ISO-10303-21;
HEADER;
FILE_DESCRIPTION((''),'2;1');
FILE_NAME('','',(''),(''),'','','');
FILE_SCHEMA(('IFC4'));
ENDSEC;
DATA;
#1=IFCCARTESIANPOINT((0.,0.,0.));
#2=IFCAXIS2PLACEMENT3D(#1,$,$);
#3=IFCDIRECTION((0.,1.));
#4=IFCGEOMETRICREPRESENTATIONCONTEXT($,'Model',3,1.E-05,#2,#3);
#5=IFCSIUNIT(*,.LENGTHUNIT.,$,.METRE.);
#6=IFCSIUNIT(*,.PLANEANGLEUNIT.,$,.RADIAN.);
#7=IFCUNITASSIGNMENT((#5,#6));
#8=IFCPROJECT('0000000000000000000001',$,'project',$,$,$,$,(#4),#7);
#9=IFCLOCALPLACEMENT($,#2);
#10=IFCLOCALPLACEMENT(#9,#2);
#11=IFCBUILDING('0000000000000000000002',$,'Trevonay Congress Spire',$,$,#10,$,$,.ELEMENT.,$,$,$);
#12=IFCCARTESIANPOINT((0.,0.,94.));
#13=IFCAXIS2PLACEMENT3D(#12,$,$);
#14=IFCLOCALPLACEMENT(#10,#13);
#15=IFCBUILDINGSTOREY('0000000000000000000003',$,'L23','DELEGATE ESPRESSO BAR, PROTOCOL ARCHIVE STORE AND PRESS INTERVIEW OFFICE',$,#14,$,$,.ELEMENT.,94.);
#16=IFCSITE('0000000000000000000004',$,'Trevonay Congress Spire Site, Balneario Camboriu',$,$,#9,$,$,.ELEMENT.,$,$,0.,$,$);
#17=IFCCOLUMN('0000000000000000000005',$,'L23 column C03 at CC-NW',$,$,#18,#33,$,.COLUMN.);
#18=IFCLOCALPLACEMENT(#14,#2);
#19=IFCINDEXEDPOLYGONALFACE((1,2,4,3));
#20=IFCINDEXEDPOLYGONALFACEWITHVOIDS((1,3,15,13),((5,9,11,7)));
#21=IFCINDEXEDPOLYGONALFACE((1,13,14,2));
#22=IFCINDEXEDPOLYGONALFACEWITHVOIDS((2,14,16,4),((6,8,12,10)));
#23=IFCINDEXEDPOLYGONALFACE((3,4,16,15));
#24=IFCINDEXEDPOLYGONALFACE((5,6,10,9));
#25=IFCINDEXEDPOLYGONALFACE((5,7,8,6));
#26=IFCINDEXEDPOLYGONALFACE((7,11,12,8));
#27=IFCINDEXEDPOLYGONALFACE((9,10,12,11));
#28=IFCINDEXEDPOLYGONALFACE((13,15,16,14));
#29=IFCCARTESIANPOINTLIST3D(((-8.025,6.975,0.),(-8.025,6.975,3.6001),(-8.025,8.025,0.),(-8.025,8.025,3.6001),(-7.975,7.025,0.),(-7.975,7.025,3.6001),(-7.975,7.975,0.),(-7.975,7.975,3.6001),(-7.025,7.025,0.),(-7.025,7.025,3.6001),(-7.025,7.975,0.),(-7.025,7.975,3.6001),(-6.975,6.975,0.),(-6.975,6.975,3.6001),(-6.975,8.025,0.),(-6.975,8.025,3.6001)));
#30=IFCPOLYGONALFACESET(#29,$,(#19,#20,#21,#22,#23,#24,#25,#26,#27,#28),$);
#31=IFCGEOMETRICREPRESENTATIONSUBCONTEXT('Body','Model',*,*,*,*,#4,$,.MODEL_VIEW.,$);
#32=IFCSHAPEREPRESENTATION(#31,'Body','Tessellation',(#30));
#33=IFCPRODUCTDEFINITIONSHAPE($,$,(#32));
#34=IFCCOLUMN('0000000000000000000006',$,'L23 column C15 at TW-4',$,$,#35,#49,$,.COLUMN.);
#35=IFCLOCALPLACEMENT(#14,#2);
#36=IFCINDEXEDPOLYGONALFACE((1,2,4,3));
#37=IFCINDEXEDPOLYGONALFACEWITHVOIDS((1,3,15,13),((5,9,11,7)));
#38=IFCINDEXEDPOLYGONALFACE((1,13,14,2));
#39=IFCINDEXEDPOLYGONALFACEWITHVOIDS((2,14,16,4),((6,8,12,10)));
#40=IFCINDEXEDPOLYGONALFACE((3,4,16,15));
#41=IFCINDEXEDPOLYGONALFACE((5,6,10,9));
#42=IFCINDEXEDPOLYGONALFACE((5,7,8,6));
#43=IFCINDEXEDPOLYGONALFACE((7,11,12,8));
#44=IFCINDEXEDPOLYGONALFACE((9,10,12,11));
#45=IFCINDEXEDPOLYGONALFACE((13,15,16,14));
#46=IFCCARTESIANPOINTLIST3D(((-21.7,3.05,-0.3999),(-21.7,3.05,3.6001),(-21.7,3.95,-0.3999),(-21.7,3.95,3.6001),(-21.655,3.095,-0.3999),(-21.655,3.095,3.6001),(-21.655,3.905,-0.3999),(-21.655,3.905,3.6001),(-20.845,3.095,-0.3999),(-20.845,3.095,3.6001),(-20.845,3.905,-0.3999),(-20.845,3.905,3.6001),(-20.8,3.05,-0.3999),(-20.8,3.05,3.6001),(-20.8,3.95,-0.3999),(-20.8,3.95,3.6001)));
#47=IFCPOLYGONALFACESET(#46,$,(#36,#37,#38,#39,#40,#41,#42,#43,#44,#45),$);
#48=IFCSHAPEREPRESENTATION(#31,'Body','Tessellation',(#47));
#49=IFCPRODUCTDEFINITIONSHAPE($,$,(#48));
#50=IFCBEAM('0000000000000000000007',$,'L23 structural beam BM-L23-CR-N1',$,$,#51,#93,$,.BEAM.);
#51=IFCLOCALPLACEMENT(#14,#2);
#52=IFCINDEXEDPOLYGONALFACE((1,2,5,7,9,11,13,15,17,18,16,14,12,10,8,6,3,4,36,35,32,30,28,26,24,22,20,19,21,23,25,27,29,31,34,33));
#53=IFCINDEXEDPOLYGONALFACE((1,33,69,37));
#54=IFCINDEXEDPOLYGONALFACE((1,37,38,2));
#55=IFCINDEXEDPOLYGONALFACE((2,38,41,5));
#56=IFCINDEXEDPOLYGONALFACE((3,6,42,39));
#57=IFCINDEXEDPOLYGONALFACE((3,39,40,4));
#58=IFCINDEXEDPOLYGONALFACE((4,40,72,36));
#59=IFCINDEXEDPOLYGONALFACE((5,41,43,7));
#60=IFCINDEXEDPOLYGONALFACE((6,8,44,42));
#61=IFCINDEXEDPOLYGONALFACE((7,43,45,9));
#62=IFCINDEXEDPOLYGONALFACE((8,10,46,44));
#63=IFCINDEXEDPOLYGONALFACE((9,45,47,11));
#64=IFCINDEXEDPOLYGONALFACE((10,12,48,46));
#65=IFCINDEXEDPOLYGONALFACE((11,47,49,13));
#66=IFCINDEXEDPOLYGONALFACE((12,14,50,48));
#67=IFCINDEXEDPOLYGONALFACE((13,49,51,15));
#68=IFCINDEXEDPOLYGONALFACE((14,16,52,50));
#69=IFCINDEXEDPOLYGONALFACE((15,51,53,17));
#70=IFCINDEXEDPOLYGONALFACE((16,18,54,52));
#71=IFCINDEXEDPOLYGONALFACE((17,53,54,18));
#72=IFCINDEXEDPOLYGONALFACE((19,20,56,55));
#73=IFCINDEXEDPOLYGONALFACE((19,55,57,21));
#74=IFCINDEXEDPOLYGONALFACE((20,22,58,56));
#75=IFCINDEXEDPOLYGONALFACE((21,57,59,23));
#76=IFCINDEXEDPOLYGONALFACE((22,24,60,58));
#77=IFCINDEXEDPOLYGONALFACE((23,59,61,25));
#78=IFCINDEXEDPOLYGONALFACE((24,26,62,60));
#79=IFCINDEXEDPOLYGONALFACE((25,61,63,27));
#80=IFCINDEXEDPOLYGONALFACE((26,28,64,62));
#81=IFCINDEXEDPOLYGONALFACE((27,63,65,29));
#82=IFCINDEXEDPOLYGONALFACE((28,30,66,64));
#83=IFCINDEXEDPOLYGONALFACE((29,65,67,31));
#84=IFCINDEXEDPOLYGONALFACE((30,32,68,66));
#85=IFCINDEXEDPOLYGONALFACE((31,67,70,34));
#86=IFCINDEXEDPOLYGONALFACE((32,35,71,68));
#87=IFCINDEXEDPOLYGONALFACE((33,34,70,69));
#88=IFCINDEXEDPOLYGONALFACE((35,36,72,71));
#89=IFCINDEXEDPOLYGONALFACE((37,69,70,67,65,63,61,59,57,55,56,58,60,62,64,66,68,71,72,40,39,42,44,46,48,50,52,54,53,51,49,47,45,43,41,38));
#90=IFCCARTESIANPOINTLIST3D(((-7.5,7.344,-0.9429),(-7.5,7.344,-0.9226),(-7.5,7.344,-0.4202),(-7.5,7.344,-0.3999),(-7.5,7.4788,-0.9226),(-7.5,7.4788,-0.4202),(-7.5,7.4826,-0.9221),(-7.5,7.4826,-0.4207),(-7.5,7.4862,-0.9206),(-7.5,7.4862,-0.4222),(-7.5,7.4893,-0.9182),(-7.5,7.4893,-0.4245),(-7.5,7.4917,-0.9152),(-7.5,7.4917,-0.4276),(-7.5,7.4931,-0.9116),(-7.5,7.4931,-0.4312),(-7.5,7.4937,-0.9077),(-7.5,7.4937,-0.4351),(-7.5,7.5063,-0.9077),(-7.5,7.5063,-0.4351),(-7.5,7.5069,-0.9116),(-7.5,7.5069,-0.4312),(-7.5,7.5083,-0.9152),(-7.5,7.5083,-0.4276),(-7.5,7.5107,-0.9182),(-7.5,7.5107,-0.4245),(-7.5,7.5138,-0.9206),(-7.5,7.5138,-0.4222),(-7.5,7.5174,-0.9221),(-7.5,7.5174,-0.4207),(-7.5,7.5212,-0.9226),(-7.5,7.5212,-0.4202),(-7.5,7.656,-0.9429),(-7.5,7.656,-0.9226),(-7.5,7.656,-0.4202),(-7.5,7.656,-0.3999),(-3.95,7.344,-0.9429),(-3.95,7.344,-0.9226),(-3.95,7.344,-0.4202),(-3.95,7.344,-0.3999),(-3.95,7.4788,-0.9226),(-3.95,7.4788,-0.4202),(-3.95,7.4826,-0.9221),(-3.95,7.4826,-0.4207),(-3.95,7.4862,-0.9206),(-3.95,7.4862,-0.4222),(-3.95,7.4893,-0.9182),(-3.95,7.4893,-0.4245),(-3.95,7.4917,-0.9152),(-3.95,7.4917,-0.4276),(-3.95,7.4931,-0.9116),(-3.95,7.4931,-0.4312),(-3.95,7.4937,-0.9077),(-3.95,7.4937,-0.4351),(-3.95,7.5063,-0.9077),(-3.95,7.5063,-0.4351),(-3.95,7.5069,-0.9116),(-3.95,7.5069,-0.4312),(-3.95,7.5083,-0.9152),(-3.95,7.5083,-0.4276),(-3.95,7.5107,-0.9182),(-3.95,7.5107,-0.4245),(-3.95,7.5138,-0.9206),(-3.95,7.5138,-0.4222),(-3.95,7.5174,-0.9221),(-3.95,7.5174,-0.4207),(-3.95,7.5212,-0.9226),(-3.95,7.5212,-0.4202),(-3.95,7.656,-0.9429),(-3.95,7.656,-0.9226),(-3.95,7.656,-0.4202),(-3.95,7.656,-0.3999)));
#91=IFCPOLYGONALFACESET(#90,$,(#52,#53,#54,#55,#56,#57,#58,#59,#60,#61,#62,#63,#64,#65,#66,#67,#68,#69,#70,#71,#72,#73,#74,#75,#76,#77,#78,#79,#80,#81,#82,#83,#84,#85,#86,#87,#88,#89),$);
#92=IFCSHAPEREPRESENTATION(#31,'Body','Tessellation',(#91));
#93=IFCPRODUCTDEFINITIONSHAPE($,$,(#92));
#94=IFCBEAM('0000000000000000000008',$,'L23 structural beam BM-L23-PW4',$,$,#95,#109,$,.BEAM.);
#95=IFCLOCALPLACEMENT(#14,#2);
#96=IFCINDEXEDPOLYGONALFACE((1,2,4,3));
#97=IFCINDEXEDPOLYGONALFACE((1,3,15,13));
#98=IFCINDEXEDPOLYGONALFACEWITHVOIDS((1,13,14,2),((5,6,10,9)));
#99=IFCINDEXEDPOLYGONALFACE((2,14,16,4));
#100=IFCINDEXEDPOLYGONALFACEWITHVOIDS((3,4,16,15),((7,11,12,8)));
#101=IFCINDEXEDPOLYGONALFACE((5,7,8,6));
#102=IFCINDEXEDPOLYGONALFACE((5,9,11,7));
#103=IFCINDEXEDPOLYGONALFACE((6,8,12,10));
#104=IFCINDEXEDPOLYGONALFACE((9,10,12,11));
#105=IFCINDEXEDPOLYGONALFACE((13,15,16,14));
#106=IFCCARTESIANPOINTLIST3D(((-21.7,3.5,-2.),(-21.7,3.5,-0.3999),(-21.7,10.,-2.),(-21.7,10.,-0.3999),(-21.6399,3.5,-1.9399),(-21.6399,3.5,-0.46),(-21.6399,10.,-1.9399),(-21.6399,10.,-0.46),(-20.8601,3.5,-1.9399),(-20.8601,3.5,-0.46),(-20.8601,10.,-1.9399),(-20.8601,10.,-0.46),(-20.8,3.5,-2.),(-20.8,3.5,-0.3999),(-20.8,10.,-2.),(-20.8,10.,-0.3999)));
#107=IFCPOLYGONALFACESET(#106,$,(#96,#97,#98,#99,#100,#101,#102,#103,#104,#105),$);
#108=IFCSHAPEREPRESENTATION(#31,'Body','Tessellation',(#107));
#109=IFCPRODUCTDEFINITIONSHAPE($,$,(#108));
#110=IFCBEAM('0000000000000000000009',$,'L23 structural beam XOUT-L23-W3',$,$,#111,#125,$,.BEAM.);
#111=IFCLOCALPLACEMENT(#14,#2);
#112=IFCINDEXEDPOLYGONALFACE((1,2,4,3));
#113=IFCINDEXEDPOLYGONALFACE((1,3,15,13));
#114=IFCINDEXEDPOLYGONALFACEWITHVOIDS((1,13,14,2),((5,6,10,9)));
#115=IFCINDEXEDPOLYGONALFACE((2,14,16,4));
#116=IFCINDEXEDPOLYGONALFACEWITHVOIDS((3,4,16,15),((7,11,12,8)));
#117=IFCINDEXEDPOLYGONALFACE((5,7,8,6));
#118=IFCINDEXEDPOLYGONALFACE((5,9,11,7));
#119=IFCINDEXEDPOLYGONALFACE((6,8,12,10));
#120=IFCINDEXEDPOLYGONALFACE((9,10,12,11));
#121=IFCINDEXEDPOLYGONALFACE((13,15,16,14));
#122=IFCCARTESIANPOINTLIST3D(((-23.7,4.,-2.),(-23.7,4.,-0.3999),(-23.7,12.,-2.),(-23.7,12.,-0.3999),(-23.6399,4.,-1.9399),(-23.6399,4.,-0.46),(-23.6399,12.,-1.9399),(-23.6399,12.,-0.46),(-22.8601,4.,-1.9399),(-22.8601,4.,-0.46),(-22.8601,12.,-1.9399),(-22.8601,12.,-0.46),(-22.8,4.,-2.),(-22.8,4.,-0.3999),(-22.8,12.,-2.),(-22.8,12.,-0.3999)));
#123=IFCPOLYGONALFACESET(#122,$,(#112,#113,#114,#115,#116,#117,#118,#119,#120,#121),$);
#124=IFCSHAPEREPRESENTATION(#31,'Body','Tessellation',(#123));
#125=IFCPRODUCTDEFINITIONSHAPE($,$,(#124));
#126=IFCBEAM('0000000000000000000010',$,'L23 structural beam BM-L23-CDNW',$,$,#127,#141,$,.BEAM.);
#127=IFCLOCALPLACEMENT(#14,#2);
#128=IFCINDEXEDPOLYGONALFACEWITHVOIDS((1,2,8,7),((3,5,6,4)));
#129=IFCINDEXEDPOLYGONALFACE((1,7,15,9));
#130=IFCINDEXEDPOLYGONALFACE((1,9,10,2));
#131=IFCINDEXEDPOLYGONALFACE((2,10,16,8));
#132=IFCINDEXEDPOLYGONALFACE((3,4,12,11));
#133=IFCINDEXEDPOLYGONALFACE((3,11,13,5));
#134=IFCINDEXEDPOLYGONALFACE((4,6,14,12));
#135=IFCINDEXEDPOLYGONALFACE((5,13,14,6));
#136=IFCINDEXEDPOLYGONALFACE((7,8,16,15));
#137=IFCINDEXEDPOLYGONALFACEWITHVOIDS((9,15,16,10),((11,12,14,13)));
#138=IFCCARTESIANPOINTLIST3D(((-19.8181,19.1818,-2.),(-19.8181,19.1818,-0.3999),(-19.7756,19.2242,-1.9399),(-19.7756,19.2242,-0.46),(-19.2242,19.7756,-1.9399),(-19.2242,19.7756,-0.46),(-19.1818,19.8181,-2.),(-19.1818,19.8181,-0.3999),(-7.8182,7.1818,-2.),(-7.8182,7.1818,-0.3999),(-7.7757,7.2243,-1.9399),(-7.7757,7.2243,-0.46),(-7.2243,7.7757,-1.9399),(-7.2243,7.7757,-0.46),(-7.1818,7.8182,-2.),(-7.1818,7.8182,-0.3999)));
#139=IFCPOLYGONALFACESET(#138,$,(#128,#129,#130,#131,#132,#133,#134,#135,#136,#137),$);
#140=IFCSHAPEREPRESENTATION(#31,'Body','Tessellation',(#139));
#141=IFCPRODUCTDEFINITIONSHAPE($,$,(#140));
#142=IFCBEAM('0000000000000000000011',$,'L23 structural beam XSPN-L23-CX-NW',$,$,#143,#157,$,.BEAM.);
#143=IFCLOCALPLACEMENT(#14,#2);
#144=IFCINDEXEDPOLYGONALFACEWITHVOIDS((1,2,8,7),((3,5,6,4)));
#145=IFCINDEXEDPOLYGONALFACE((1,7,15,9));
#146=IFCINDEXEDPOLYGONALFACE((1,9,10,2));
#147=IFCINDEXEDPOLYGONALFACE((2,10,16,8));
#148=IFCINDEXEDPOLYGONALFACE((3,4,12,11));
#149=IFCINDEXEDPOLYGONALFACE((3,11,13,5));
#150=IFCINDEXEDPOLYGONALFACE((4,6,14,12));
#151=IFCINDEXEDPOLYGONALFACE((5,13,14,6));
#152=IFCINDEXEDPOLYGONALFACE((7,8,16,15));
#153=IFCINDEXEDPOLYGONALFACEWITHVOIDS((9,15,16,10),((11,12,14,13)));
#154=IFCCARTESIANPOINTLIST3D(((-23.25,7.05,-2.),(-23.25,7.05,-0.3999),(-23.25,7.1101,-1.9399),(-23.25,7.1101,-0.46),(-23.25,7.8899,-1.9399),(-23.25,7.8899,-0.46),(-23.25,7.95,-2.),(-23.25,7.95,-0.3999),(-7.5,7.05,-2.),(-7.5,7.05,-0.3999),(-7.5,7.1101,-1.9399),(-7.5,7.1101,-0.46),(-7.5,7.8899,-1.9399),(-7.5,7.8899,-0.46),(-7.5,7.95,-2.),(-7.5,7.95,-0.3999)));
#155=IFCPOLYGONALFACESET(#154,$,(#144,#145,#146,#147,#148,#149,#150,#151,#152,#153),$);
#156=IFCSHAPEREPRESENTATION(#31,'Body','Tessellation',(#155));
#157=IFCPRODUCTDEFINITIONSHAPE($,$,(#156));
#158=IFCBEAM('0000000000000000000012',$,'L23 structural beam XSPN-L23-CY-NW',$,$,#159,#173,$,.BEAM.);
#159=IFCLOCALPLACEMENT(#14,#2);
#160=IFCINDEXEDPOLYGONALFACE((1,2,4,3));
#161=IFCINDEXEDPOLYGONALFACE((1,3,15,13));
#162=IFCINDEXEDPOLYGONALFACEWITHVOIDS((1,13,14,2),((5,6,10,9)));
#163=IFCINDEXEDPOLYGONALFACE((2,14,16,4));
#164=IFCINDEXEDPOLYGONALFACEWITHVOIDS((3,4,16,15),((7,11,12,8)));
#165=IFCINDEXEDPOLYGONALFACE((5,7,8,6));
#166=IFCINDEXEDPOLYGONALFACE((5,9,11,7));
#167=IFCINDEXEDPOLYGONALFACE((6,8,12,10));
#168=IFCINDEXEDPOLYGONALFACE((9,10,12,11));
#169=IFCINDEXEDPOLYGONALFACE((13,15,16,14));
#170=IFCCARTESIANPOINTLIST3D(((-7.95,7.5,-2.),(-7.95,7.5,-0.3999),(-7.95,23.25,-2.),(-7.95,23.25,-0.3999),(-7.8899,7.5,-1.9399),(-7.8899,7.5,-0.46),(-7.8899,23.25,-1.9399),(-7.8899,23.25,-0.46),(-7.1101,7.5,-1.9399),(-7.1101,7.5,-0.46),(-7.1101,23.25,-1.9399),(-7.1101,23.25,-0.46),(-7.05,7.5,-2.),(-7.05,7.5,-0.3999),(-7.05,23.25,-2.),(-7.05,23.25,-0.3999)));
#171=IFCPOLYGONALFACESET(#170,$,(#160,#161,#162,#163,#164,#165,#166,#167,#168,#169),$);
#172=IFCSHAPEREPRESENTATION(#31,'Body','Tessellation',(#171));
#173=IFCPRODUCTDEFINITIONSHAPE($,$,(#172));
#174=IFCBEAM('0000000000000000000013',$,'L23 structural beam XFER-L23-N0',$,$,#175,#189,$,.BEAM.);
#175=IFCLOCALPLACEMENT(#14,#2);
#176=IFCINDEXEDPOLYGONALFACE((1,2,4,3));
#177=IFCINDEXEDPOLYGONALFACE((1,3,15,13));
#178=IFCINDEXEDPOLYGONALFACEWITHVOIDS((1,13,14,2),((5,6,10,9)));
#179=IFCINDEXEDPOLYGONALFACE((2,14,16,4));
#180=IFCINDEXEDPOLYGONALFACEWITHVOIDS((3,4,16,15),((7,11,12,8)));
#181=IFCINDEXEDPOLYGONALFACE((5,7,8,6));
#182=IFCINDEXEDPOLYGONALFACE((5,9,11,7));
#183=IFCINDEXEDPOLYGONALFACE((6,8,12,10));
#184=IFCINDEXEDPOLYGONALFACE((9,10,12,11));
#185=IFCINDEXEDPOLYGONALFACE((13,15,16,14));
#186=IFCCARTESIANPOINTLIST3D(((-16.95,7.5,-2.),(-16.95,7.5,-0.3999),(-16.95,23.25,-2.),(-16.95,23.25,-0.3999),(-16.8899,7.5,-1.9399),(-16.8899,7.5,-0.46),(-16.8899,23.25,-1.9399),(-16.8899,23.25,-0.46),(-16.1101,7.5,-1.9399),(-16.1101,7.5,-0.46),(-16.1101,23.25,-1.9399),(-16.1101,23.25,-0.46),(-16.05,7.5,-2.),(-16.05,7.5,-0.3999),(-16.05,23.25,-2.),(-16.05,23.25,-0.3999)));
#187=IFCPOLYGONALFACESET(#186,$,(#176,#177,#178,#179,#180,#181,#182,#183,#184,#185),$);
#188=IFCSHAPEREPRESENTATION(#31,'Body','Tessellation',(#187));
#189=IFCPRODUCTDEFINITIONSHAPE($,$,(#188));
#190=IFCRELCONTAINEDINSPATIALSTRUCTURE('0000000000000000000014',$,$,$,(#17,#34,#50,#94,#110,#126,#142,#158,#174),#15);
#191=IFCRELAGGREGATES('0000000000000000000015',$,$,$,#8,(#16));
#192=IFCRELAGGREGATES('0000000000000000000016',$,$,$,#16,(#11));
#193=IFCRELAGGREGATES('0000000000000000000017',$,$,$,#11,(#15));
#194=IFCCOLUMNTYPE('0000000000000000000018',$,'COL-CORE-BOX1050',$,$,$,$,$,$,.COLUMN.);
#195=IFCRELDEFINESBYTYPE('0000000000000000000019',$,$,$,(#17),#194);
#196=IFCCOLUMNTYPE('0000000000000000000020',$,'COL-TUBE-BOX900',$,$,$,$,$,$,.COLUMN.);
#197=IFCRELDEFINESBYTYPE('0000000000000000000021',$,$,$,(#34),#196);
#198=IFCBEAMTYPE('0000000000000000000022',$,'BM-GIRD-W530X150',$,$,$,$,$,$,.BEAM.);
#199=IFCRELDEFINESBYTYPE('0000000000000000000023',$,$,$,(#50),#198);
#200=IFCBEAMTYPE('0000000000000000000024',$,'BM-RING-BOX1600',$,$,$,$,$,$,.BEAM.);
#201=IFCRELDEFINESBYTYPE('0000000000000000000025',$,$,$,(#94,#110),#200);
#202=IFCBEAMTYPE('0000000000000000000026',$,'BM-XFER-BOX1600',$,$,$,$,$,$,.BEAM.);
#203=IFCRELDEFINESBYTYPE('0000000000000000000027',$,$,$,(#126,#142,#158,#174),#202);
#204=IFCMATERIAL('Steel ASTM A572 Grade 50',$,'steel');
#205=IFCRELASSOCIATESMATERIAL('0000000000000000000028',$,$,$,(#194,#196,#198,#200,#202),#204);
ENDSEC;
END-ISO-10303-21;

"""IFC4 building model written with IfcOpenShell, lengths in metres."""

from ifc_helpers import new_model, si_unit, direction, frame, origin, origin_2d, place, context, subcontext, project, spatial, hollow_rectangle, i_section, extrude, material, material_profile, profile_set, type_object, element, save


model = new_model("IFC4")

# Units and contexts
model_context = context("Model", 3, precision=1e-05, world=origin(), true_north=direction((0.0, 1.0)))
body_context = subcontext(model_context, "Body", "Model", "MODEL_VIEW")
ifc_project = project(units=[si_unit("LENGTHUNIT", "METRE"), si_unit("PLANEANGLEUNIT", "RADIAN")], contexts=[model_context])

# Site, building, storey
site_placement = place(None, origin())
site = spatial("IfcSite", under=ifc_project, at=site_placement, Name="Trevonay Congress Spire Site, Balneario Camboriu", CompositionType="ELEMENT", RefElevation=0.0)
building_placement = place(site_placement, origin())
building = spatial("IfcBuilding", under=site, at=building_placement, Name="Trevonay Congress Spire", CompositionType="ELEMENT")
storey_placement = place(building_placement, frame((0.0, 0.0, 94.0)))
storey = spatial("IfcBuildingStorey", under=building, at=storey_placement, Name="L23", Description="DELEGATE ESPRESSO BAR, PROTOCOL ARCHIVE STORE AND PRESS INTERVIEW OFFICE", CompositionType="ELEMENT", Elevation=94.0)

# Columns
ifc_material_1 = material(Name="Steel ASTM A572 Grade 50", Category="steel")
ifc_material_profile_1 = material_profile(ifc_material_1, hollow_rectangle(XDim=1.05, YDim=1.05, WallThickness=0.05, at=origin_2d()), Name="BOX 1050x1050x50")
ifc_profile_set_1 = profile_set([ifc_material_profile_1], Name="Steel ASTM A572 Grade 50")
column_type_1 = type_object("IfcColumnType", Name="COL-CORE-BOX1050", PredefinedType="COLUMN", material=ifc_profile_set_1)
column_1_placement = place(storey_placement, frame((-7.5, 7.5, 0.0), z_axis=(0.0, 0.0, 1.0), x_axis=(1.0, 0.0, 0.0)))
element("IfcColumn", 1, at=column_1_placement, inside=storey, type_object=column_type_1, Name="L23 column C03 at CC-NW", PredefinedType="COLUMN", context=body_context, shape_type="SweptSolid", body=[
    extrude(hollow_rectangle(XDim=1.05, YDim=1.05, WallThickness=0.05, at=origin_2d()), origin(), (0.0, 0.0, 1.0), 3.6001),
])
ifc_material_profile_2 = material_profile(ifc_material_1, hollow_rectangle(XDim=0.8999, YDim=0.8999, WallThickness=0.0449, at=origin_2d()), Name="BOX 900x900x45")
ifc_profile_set_2 = profile_set([ifc_material_profile_2], Name="Steel ASTM A572 Grade 50")
column_type_2 = type_object("IfcColumnType", Name="COL-TUBE-BOX900", PredefinedType="COLUMN", material=ifc_profile_set_2)
column_2_placement = place(storey_placement, frame((-21.25, 3.5, -0.3999), z_axis=(0.0, 0.0, 1.0), x_axis=(1.0, 0.0, 0.0)))
element("IfcColumn", 2, at=column_2_placement, inside=storey, type_object=column_type_2, Name="L23 column C15 at TW-4", PredefinedType="COLUMN", context=body_context, shape_type="SweptSolid", body=[
    extrude(hollow_rectangle(XDim=0.8999, YDim=0.8999, WallThickness=0.0449, at=origin_2d()), origin(), (0.0, 0.0, 1.0), 4.0),
])

# Beams
ifc_material_profile_3 = material_profile(ifc_material_1, i_section(OverallWidth=0.312, OverallDepth=0.543, WebThickness=0.0127, FlangeThickness=0.0203, FilletRadius=0.0149, at=origin_2d()), Name="W530x150")
ifc_profile_set_3 = profile_set([ifc_material_profile_3], Name="Steel ASTM A572 Grade 50")
beam_type_1 = type_object("IfcBeamType", Name="BM-GIRD-W530X150", PredefinedType="BEAM", material=ifc_profile_set_3)
beam_1_placement = place(storey_placement, frame((-7.5, 7.5, -0.6714), z_axis=(1.0, 0.0, 0.0), x_axis=(0.0, 1.0, 0.0)))
element("IfcBeam", 3, at=beam_1_placement, inside=storey, type_object=beam_type_1, Name="L23 structural beam BM-L23-CR-N1", PredefinedType="BEAM", context=body_context, shape_type="SweptSolid", body=[
    extrude(i_section(OverallWidth=0.312, OverallDepth=0.543, WebThickness=0.0127, FlangeThickness=0.0203, FilletRadius=0.0149, at=origin_2d()), origin(), (0.0, 0.0, 1.0), 3.55),
])
ifc_material_profile_4 = material_profile(ifc_material_1, hollow_rectangle(XDim=0.8999, YDim=1.6001, WallThickness=0.0601, at=origin_2d()), Name="BOX 1600x900x60")
ifc_profile_set_4 = profile_set([ifc_material_profile_4], Name="Steel ASTM A572 Grade 50")
beam_type_2 = type_object("IfcBeamType", Name="BM-RING-BOX1600", PredefinedType="BEAM", material=ifc_profile_set_4)
beam_2_placement = place(storey_placement, frame((-21.25, 3.5, -1.2), z_axis=(0.0, 1.0, 0.0), x_axis=(-1.0, 0.0, 0.0)))
element("IfcBeam", 4, at=beam_2_placement, inside=storey, type_object=beam_type_2, Name="L23 structural beam BM-L23-PW4", PredefinedType="BEAM", context=body_context, shape_type="SweptSolid", body=[
    extrude(hollow_rectangle(XDim=0.8999, YDim=1.6001, WallThickness=0.0601, at=origin_2d()), origin(), (0.0, 0.0, 1.0), 6.5),
])
beam_3_placement = place(storey_placement, frame((-23.25, 4.0, -1.2), z_axis=(0.0, 1.0, 0.0), x_axis=(-1.0, 0.0, 0.0)))
element("IfcBeam", 5, at=beam_3_placement, inside=storey, type_object=beam_type_2, Name="L23 structural beam XOUT-L23-W3", PredefinedType="BEAM", context=body_context, shape_type="SweptSolid", body=[
    extrude(hollow_rectangle(XDim=0.8999, YDim=1.6001, WallThickness=0.0601, at=origin_2d()), origin(), (0.0, 0.0, 1.0), 8.0),
])
ifc_material_profile_5 = material_profile(ifc_material_1, hollow_rectangle(XDim=0.8999, YDim=1.6001, WallThickness=0.0601, at=origin_2d()), Name="BOX 1600x900x60")
ifc_profile_set_5 = profile_set([ifc_material_profile_5], Name="Steel ASTM A572 Grade 50")
beam_type_3 = type_object("IfcBeamType", Name="BM-XFER-BOX1600", PredefinedType="BEAM", material=ifc_profile_set_5)
beam_4_placement = place(storey_placement, frame((-7.5, 7.5, -1.2), z_axis=(-0.707107, 0.707107, 0.0), x_axis=(-0.707107, -0.707107, 0.0)))
element("IfcBeam", 6, at=beam_4_placement, inside=storey, type_object=beam_type_3, Name="L23 structural beam BM-L23-CDNW", PredefinedType="BEAM", context=body_context, shape_type="SweptSolid", body=[
    extrude(hollow_rectangle(XDim=0.8999, YDim=1.6001, WallThickness=0.0601, at=origin_2d()), origin(), (0.0, 0.0, 1.0), 16.9705),
])
for number, where, z_axis, x_axis, name in (
    (7, (-7.5, 7.5, -1.2), (-1.0, 0.0, 0.0), (0.0, -1.0, 0.0), "L23 structural beam XSPN-L23-CX-NW"),
    (8, (-7.5, 7.5, -1.2), (0.0, 1.0, 0.0), (-1.0, 0.0, 0.0), "L23 structural beam XSPN-L23-CY-NW"),
    (9, (-16.5, 7.5, -1.2), (0.0, 1.0, 0.0), (-1.0, 0.0, 0.0), "L23 structural beam XFER-L23-N0"),
):
    element("IfcBeam", number, at=place(storey_placement, frame(where, z_axis=z_axis, x_axis=x_axis)), inside=storey, type_object=beam_type_3, Name=name, PredefinedType="BEAM", context=body_context, shape_type="SweptSolid", body=[
        extrude(hollow_rectangle(XDim=0.8999, YDim=1.6001, WallThickness=0.0601, at=origin_2d()), origin(), (0.0, 0.0, 1.0), 15.75),
    ])

save(model, "model.ifc")
